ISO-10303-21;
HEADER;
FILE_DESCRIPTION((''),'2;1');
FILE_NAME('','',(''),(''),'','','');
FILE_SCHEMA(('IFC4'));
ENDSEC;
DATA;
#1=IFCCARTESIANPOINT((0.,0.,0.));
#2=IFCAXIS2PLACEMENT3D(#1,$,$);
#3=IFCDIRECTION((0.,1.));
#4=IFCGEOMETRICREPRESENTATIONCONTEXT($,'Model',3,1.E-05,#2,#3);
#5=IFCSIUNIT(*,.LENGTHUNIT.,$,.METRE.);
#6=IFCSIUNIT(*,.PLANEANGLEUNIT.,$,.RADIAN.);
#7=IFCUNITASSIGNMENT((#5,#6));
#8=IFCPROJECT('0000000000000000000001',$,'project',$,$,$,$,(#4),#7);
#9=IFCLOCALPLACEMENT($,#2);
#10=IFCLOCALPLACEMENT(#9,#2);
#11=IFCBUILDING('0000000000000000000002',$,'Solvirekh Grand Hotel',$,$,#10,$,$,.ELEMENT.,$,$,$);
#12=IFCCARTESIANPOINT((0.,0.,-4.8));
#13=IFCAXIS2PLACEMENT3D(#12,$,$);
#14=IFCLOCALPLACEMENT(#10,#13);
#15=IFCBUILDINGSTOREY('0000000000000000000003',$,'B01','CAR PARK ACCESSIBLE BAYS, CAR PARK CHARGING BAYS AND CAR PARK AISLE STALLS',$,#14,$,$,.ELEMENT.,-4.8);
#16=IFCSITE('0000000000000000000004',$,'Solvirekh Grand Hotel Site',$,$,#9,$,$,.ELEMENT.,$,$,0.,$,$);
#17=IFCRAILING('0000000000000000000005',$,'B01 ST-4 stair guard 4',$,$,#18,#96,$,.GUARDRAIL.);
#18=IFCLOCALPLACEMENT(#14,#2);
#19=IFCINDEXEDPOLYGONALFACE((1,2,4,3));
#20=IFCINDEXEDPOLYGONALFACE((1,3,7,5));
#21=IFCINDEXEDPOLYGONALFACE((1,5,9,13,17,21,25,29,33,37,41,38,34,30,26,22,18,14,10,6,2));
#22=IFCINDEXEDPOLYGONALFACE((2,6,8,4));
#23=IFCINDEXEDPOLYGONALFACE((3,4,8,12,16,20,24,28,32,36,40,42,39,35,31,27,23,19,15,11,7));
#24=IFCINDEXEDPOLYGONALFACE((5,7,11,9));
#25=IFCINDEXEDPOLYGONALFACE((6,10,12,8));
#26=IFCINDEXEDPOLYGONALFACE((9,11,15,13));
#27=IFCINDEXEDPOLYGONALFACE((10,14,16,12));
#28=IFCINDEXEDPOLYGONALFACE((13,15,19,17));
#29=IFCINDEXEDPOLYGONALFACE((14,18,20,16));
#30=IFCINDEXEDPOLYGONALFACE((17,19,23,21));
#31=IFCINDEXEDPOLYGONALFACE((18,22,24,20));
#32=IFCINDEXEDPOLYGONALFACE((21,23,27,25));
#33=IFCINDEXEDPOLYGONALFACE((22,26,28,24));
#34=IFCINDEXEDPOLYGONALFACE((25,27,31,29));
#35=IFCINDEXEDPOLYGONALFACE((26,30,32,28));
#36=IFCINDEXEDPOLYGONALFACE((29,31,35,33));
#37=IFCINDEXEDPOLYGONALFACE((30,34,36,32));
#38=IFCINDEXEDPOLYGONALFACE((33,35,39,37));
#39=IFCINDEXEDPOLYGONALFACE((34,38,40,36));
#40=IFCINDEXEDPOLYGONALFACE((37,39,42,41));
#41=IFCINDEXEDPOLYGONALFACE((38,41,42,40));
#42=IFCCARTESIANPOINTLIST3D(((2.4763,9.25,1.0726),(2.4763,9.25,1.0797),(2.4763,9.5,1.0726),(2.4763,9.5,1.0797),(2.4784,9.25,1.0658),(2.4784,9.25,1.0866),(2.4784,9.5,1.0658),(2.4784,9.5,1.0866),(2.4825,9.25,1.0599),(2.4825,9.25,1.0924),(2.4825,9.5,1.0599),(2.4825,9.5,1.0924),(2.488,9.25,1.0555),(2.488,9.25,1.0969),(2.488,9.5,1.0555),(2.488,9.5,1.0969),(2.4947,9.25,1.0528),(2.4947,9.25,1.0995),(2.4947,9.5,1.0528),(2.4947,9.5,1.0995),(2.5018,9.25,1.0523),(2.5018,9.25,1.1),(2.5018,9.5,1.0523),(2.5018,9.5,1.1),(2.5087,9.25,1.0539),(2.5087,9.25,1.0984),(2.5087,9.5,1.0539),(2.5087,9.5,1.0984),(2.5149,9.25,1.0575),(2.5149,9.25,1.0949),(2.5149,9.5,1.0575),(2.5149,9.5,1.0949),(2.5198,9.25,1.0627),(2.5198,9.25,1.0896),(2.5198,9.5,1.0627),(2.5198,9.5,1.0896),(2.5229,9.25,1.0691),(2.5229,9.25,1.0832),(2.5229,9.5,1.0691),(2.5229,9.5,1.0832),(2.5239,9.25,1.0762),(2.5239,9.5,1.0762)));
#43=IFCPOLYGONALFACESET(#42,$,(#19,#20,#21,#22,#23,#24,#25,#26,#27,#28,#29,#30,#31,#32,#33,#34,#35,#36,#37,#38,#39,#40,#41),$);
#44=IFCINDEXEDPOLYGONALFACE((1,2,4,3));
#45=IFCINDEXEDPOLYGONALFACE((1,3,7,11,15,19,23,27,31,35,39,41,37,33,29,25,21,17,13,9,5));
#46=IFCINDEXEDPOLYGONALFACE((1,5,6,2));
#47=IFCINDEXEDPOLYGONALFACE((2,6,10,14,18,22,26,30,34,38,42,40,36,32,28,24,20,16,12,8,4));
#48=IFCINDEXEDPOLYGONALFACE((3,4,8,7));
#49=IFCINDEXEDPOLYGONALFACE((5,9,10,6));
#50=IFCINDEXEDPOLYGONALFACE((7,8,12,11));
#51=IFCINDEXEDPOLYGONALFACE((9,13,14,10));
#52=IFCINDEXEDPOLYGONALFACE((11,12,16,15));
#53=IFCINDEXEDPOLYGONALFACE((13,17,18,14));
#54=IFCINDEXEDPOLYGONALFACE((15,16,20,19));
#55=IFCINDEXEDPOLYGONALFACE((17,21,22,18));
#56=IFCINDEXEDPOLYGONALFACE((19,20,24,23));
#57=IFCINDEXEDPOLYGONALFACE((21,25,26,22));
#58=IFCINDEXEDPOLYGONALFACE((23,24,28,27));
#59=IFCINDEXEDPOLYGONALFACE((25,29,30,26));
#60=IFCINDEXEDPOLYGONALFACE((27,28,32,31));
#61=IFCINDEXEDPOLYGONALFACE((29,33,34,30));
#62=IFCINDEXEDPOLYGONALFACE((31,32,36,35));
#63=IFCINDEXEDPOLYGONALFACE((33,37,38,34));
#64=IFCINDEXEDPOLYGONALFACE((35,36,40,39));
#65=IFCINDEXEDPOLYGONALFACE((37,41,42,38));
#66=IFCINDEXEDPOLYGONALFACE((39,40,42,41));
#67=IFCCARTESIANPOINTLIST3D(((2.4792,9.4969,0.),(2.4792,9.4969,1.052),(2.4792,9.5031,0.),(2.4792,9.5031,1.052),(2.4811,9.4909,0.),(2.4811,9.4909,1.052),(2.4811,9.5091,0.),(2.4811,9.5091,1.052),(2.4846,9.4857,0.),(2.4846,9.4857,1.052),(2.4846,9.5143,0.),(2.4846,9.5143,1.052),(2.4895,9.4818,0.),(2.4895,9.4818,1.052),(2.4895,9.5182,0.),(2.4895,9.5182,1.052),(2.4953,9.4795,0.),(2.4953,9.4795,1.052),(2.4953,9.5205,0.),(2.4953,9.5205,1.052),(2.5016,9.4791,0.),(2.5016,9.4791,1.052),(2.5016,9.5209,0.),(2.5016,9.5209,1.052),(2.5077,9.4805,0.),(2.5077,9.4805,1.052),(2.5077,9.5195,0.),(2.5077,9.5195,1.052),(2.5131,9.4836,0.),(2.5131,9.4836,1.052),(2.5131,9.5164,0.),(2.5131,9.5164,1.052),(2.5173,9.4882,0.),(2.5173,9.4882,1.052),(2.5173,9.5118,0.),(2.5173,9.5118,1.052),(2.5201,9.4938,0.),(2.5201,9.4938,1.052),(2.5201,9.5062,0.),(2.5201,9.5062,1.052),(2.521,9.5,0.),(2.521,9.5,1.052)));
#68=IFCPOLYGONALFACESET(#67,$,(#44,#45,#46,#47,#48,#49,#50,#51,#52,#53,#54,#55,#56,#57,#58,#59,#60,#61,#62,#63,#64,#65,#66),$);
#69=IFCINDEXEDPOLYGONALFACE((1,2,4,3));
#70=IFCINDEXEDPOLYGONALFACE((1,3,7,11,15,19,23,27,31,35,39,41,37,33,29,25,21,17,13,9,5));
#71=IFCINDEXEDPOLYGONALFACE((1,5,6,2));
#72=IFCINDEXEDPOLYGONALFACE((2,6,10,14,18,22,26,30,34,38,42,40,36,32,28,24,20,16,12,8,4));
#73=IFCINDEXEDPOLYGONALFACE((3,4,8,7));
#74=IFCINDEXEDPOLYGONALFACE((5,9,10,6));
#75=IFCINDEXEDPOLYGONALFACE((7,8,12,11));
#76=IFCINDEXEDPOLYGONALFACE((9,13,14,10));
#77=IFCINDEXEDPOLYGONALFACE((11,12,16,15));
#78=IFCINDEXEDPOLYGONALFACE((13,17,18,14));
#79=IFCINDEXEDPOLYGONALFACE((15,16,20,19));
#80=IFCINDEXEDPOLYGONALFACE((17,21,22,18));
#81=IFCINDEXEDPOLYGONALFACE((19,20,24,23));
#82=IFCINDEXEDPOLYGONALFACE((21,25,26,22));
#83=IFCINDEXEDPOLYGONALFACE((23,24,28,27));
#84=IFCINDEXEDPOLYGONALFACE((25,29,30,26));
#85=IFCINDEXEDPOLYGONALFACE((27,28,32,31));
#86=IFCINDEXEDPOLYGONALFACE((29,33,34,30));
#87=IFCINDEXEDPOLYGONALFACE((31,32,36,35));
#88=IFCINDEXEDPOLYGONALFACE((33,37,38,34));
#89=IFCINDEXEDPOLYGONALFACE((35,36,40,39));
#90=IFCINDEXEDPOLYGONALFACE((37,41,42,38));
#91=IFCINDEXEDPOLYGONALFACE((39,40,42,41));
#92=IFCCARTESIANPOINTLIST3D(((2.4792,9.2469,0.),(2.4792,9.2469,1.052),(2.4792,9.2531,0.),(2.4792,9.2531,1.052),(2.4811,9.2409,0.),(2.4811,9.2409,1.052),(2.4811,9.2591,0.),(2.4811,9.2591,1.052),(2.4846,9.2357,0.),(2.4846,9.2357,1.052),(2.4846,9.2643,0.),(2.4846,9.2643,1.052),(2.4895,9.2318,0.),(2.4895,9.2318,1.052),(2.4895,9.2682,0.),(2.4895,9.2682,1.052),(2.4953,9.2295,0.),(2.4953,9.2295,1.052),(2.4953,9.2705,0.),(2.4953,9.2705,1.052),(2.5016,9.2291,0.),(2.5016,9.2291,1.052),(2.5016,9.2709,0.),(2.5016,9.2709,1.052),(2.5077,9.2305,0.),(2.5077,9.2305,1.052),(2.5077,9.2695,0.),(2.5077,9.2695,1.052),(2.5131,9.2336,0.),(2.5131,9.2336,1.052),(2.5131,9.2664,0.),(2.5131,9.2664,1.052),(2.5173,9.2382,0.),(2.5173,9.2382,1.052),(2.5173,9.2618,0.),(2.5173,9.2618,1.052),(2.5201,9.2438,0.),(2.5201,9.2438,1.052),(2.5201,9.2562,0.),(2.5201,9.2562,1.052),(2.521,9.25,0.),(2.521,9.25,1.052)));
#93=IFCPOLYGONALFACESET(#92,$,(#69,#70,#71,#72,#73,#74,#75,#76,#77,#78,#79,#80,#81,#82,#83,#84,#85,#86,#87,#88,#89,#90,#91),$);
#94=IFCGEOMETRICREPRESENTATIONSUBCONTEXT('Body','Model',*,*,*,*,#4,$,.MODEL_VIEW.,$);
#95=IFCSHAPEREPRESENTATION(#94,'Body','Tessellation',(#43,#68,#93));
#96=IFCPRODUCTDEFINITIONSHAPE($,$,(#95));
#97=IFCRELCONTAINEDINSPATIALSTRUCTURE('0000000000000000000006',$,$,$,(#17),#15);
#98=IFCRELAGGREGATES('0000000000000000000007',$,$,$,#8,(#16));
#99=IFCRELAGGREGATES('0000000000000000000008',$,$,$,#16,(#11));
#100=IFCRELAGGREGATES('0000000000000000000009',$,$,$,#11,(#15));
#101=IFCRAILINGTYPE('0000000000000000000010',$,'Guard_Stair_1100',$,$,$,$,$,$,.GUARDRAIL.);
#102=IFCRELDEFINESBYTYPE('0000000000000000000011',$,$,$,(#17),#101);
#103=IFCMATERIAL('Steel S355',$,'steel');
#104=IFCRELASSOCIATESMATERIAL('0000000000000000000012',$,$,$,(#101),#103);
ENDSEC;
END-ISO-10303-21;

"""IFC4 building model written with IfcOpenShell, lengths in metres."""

from ifc_helpers import new_model, si_unit, direction, frame, origin, origin_2d, place, context, subcontext, project, spatial, circle, extrude, material, type_object, element, save


model = new_model("IFC4")

# Units and contexts
model_context = context("Model", 3, precision=1e-05, world=origin(), true_north=direction((0.0, 1.0)))
body_context = subcontext(model_context, "Body", "Model", "MODEL_VIEW")
ifc_project = project(units=[si_unit("LENGTHUNIT", "METRE"), si_unit("PLANEANGLEUNIT", "RADIAN")], contexts=[model_context])

# Site, building, storey
site_placement = place(None, origin())
site = spatial("IfcSite", under=ifc_project, at=site_placement, Name="Solvirekh Grand Hotel Site", CompositionType="ELEMENT", RefElevation=0.0)
building_placement = place(site_placement, origin())
building = spatial("IfcBuilding", under=site, at=building_placement, Name="Solvirekh Grand Hotel", CompositionType="ELEMENT")
storey_placement = place(building_placement, frame((0.0, 0.0, -4.8)))
storey = spatial("IfcBuildingStorey", under=building, at=storey_placement, Name="B01", Description="CAR PARK ACCESSIBLE BAYS, CAR PARK CHARGING BAYS AND CAR PARK AISLE STALLS", CompositionType="ELEMENT", Elevation=-4.8)

# Shared definitions
ifc_material_1 = material(Name="Steel S355", Category="steel")

# Railing
railing_type_1 = type_object("IfcRailingType", Name="Guard_Stair_1100", PredefinedType="GUARDRAIL", material=ifc_material_1)
railing_1_placement = place(storey_placement, frame((2.5, 9.5, 0.0)))
element("IfcRailing", 1, at=railing_1_placement, inside=storey, type_object=railing_type_1, Name="B01 ST-4 stair guard 4", PredefinedType="GUARDRAIL", context=body_context, shape_type="SweptSolid", body=[
    extrude(circle(Radius=0.0239, at=origin_2d()), frame((0.0, 0.0, 1.0762), z_axis=(0.0, -1.0, 0.0), x_axis=(1.0, 0.0, 0.0)), (0.0, 0.0, 1.0), 0.25),
    extrude(circle(Radius=0.021, at=origin_2d()), origin(), (0.0, 0.0, 1.0), 1.052),
    extrude(circle(Radius=0.021, at=origin_2d()), frame((0.0, -0.25, 0.0)), (0.0, 0.0, 1.0), 1.052),
])

save(model, "model.ifc")
